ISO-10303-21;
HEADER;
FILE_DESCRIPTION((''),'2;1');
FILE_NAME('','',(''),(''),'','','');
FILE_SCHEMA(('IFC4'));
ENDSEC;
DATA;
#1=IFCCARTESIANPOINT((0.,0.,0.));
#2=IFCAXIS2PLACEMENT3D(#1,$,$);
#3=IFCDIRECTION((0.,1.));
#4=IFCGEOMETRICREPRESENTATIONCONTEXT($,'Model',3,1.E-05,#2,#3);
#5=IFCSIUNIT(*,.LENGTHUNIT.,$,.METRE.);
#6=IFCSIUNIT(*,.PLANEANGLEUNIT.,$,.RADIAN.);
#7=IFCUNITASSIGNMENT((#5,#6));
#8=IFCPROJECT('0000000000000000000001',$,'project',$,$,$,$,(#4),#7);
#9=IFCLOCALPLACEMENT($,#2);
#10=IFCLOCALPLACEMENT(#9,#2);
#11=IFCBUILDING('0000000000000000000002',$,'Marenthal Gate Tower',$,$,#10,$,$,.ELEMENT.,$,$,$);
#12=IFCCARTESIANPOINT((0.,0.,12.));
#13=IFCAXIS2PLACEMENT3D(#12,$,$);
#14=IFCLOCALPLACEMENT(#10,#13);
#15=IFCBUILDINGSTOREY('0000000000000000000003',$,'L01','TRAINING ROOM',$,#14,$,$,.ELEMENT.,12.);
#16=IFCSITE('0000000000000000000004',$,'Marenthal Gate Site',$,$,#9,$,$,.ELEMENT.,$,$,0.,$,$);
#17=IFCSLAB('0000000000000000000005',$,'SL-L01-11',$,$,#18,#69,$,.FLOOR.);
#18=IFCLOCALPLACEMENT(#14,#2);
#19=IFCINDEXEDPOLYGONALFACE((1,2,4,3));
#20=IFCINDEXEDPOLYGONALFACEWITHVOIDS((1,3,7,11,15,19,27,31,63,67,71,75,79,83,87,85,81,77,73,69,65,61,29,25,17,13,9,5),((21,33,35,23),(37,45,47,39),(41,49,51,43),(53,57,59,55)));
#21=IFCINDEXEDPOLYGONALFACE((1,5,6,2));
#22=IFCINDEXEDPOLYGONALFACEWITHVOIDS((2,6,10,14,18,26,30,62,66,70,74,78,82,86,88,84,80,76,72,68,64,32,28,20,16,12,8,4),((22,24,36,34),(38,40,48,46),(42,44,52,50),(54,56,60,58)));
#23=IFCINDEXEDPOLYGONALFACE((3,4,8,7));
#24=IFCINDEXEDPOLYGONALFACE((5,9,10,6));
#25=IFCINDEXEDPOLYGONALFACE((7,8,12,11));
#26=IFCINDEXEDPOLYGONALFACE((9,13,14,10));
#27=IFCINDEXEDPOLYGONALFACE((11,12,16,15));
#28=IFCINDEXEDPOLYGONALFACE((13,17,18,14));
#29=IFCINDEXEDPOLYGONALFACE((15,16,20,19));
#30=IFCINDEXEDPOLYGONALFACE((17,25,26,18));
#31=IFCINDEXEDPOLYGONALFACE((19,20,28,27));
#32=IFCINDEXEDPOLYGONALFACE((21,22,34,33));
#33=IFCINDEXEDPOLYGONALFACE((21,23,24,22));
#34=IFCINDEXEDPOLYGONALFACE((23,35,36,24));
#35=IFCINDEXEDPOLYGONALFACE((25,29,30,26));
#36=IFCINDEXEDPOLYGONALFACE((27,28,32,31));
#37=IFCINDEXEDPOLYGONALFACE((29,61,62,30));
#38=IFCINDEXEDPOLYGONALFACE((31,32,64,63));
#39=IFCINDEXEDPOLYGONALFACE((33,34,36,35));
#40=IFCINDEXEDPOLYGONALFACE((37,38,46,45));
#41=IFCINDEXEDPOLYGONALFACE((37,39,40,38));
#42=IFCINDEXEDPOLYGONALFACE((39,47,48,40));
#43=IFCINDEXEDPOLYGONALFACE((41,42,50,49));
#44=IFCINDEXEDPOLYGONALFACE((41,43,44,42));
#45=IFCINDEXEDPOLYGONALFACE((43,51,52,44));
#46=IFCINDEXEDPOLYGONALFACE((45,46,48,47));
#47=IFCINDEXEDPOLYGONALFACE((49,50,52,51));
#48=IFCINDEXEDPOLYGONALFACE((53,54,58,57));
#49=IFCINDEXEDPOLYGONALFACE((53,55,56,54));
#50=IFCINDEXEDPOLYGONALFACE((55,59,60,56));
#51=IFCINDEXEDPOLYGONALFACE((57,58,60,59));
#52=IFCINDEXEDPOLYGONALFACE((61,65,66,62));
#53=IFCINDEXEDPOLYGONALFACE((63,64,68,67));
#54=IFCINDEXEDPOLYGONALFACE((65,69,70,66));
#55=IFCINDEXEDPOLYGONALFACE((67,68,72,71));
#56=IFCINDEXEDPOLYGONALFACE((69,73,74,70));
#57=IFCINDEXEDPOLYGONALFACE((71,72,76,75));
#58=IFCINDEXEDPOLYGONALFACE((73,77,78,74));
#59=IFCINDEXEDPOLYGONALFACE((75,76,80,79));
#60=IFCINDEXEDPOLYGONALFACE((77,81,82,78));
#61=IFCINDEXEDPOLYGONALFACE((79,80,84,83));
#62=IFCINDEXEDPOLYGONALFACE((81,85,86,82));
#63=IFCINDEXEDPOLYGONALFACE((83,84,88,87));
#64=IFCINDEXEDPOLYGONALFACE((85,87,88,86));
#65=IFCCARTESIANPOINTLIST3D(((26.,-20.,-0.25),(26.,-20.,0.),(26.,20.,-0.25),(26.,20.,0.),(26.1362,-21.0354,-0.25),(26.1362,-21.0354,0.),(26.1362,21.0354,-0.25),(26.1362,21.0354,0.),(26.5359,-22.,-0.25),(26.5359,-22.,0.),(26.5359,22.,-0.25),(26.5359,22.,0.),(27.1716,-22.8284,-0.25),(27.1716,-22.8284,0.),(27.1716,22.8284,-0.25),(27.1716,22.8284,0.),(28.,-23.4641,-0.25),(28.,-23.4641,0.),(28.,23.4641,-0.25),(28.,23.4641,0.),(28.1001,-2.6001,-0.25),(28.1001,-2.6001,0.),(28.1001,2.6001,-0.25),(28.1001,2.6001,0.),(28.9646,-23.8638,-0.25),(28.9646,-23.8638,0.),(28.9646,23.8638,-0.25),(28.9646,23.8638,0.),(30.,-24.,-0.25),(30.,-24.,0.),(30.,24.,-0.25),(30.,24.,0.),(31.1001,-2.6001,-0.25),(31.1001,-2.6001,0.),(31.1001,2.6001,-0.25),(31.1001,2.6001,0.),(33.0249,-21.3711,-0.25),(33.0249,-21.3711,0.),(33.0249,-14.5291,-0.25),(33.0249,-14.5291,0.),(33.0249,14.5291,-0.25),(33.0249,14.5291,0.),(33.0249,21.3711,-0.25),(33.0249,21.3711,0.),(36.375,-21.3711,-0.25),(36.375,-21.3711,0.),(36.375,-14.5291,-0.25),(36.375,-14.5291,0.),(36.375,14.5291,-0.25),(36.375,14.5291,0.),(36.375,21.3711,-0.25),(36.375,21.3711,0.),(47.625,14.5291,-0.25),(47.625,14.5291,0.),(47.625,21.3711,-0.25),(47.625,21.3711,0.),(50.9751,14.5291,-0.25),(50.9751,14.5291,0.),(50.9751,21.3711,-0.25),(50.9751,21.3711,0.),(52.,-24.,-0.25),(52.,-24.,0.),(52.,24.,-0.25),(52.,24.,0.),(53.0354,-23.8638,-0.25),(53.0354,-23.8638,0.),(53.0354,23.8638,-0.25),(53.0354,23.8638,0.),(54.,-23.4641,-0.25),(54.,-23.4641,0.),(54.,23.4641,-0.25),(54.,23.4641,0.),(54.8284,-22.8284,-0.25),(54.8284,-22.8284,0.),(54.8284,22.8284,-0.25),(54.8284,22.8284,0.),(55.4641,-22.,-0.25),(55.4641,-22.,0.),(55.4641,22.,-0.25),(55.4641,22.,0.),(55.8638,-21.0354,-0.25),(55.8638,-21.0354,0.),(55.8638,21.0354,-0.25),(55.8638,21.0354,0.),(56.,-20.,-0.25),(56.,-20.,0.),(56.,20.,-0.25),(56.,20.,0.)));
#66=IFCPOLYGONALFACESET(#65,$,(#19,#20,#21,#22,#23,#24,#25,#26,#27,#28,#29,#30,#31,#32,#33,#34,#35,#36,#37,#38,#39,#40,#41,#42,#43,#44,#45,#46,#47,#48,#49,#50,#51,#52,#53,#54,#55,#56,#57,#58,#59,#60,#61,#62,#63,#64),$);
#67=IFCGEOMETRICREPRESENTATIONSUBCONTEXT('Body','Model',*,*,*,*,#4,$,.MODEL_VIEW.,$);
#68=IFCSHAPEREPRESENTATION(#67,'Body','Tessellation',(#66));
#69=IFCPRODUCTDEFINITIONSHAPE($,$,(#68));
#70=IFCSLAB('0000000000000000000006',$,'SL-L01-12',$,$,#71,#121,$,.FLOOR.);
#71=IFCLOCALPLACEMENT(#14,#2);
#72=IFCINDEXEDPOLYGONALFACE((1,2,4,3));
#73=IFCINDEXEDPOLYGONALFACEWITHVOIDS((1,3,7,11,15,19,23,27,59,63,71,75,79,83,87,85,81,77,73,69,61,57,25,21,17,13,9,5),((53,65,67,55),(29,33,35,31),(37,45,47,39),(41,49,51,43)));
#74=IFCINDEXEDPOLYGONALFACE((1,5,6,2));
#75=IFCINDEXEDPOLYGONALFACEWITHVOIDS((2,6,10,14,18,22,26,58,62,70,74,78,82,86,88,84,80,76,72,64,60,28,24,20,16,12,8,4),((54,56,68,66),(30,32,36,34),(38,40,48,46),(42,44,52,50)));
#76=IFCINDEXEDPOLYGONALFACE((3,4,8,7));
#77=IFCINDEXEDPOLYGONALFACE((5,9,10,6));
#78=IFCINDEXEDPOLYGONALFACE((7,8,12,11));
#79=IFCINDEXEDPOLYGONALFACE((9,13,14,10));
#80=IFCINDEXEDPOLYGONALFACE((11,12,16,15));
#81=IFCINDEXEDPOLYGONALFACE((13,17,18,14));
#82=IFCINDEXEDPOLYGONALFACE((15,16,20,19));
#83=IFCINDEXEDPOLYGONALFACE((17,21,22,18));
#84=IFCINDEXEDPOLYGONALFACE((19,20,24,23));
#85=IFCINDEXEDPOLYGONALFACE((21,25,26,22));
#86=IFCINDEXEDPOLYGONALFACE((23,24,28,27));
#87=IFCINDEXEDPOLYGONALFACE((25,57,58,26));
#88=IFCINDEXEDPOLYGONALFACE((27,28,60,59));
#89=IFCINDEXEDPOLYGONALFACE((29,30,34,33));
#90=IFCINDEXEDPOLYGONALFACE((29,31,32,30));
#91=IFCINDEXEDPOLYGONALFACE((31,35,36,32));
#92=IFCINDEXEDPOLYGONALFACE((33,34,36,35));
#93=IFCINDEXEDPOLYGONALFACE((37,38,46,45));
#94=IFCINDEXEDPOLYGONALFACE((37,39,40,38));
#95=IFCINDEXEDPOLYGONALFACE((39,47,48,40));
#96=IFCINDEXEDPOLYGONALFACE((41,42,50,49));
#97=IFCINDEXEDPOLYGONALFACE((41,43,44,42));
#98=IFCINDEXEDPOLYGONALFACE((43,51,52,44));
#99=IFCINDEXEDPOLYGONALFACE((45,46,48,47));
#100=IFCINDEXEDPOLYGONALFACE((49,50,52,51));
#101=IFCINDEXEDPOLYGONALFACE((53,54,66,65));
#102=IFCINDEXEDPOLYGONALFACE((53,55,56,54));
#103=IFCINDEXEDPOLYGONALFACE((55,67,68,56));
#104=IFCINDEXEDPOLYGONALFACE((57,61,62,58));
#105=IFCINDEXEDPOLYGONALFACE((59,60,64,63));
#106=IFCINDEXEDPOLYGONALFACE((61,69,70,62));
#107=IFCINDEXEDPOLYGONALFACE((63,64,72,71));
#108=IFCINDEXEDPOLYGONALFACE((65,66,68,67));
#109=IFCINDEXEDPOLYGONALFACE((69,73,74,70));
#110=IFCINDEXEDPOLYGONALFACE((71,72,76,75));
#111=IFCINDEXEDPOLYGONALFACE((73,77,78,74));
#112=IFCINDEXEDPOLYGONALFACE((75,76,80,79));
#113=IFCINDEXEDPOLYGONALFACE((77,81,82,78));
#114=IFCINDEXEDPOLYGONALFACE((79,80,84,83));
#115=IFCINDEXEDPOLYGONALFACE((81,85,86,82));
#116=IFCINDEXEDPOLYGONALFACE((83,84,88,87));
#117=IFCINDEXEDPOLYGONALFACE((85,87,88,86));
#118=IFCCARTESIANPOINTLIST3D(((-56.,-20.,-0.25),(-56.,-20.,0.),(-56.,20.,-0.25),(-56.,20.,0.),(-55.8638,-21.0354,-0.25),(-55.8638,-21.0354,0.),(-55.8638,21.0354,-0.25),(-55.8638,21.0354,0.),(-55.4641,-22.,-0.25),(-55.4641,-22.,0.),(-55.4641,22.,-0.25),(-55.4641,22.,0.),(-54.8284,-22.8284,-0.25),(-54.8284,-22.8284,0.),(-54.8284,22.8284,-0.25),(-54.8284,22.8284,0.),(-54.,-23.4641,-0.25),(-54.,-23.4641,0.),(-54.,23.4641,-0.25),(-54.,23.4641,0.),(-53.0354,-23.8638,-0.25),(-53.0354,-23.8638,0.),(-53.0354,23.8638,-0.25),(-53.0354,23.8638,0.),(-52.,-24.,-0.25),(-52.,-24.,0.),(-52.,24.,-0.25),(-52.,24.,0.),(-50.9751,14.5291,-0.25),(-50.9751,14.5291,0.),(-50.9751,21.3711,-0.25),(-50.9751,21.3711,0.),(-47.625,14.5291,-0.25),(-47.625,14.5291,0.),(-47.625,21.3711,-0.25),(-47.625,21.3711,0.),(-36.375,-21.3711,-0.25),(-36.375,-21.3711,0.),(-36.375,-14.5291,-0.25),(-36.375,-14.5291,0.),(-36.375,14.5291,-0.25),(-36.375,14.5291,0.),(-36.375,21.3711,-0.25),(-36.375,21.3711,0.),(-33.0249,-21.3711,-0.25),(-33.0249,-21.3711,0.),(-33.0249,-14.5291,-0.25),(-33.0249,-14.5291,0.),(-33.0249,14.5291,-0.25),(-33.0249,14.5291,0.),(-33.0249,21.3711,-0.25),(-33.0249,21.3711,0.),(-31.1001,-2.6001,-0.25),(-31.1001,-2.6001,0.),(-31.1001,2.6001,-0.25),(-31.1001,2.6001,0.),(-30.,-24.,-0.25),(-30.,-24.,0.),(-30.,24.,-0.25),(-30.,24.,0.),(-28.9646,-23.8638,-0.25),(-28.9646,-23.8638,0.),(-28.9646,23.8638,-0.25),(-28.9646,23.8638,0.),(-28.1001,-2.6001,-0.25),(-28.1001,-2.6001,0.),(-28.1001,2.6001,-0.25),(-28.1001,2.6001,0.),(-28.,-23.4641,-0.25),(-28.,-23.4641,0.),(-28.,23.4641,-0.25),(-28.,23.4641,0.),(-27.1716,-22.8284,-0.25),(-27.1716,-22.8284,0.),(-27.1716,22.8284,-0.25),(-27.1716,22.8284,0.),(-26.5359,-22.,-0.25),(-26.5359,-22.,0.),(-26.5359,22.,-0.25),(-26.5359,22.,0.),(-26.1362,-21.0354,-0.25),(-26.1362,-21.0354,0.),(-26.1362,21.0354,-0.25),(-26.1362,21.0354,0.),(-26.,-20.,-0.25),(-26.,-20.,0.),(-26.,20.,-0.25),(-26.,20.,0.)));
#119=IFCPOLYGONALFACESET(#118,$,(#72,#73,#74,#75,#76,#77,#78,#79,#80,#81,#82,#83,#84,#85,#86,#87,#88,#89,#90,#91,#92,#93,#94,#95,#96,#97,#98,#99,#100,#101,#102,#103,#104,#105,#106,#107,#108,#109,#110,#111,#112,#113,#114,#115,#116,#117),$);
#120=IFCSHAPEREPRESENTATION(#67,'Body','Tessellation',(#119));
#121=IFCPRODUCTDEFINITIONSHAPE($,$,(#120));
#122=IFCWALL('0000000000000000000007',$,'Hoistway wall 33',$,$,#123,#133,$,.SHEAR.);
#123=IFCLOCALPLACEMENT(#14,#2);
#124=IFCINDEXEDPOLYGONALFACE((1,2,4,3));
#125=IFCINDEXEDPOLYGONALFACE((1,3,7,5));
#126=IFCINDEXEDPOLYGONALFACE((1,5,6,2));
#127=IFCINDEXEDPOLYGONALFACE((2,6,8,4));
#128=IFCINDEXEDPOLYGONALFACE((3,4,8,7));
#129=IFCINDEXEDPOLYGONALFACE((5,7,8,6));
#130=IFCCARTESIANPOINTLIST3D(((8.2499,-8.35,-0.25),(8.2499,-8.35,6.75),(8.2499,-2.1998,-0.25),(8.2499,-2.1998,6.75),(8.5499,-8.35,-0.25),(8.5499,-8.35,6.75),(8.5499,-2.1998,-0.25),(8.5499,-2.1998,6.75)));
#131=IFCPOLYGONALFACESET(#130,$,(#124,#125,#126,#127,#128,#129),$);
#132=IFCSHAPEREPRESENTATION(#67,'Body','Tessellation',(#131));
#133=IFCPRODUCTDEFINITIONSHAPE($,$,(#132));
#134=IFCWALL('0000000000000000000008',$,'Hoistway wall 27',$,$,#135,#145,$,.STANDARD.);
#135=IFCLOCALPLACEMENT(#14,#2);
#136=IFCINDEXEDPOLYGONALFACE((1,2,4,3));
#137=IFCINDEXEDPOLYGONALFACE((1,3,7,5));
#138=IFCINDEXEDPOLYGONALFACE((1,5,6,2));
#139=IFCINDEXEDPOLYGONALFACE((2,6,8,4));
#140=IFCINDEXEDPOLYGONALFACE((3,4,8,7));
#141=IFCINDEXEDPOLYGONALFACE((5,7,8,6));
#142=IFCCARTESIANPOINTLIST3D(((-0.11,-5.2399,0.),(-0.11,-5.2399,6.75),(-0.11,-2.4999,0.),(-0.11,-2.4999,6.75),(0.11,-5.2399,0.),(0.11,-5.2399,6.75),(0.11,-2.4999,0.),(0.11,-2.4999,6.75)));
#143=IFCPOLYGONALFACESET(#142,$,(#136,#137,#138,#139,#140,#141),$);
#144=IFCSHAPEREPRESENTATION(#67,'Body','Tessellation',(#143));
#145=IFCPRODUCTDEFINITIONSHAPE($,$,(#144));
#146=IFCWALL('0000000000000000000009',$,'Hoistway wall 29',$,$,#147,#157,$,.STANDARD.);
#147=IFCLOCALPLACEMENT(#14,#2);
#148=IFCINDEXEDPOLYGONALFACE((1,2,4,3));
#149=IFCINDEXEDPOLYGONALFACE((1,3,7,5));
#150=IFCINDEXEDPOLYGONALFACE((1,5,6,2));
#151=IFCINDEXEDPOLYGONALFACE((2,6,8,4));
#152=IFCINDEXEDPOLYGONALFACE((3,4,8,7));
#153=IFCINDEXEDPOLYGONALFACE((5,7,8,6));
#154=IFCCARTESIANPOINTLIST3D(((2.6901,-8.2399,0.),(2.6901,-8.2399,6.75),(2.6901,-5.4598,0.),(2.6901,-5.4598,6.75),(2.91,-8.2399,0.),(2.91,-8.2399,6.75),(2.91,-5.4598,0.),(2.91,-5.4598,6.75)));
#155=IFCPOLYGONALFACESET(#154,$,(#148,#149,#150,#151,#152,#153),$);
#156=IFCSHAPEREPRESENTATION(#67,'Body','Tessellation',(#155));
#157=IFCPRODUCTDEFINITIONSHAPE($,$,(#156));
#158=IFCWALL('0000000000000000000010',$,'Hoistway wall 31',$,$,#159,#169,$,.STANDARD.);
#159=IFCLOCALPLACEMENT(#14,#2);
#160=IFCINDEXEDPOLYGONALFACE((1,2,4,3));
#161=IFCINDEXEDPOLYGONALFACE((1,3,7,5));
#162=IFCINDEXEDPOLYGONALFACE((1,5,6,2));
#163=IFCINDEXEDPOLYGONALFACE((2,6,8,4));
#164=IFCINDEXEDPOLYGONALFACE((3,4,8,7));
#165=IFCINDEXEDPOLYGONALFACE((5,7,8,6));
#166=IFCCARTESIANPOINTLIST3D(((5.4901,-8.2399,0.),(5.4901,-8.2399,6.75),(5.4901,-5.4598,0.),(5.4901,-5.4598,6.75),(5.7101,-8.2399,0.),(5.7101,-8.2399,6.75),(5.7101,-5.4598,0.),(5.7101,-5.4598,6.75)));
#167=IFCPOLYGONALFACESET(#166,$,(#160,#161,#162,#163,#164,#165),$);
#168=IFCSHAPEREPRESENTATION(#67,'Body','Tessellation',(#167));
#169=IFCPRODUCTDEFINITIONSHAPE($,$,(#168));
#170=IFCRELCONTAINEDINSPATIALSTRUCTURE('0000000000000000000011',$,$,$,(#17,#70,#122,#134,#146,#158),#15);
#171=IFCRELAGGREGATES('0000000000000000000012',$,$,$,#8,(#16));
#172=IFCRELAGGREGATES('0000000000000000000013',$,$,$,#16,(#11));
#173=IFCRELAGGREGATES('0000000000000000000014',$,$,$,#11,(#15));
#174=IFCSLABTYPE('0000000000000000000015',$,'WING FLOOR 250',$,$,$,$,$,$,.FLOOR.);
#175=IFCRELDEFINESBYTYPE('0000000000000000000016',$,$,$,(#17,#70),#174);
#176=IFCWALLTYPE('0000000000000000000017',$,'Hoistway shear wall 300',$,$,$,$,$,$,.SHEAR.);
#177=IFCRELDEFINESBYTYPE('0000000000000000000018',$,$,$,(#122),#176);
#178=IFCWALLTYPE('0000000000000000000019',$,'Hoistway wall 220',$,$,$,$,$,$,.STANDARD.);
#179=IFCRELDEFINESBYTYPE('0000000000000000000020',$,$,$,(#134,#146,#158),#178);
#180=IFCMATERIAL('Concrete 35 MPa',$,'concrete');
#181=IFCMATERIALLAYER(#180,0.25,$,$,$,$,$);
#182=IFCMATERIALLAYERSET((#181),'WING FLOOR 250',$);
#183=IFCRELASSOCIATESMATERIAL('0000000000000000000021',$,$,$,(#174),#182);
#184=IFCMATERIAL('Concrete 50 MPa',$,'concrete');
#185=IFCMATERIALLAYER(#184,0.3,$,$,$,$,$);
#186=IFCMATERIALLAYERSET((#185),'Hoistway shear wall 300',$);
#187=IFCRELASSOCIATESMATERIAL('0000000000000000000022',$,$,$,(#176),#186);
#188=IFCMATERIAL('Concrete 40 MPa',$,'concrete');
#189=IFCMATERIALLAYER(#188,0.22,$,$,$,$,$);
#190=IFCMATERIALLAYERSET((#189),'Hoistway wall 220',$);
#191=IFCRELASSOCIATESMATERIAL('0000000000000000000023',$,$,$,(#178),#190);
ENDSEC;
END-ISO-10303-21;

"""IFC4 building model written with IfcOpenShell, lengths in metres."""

from ifc_helpers import new_model, si_unit, direction, frame, frame_2d, origin, place, context, subcontext, project, spatial, polyline, rectangle, outline, extrude, material, layer, layer_set, type_object, element, save


model = new_model("IFC4")

# Units and contexts
model_context = context("Model", 3, precision=1e-05, world=origin(), true_north=direction((0.0, 1.0)))
body_context = subcontext(model_context, "Body", "Model", "MODEL_VIEW")
ifc_project = project(units=[si_unit("LENGTHUNIT", "METRE"), si_unit("PLANEANGLEUNIT", "RADIAN")], contexts=[model_context])

# Site, building, storey
site_placement = place(None, origin())
site = spatial("IfcSite", under=ifc_project, at=site_placement, Name="Marenthal Gate Site", CompositionType="ELEMENT", RefElevation=0.0)
building_placement = place(site_placement, origin())
building = spatial("IfcBuilding", under=site, at=building_placement, Name="Marenthal Gate Tower", CompositionType="ELEMENT")
storey_placement = place(building_placement, frame((0.0, 0.0, 12.0)))
storey = spatial("IfcBuildingStorey", under=building, at=storey_placement, Name="L01", Description="TRAINING ROOM", CompositionType="ELEMENT", Elevation=12.0)

# Slabs
ifc_material_1 = material(Name="Concrete 35 MPa", Category="concrete")
ifc_layer_1 = layer(ifc_material_1, 0.25)
ifc_layer_set_1 = layer_set([ifc_layer_1], Name="WING FLOOR 250")
slab_type_1 = type_object("IfcSlabType", Name="WING FLOOR 250", PredefinedType="FLOOR", material=ifc_layer_set_1)
slab_1_placement = place(storey_placement, frame((0.0, 0.0, -0.25)))
element("IfcSlab", 1, at=slab_1_placement, inside=storey, type_object=slab_type_1, Name="SL-L01-11", PredefinedType="FLOOR", context=body_context, shape_type="SweptSolid", body=[
    extrude(outline(polyline([(30.0, -24.0), (28.9646, -23.8638), (28.0, -23.4641), (27.1716, -22.8284), (26.5359, -22.0), (26.1362, -21.0354), (26.0, -20.0), (26.0, 20.0), (26.1362, 21.0354), (26.5359, 22.0), (27.1716, 22.8284), (28.0, 23.4641), (28.9646, 23.8638), (30.0, 24.0), (52.0, 24.0), (53.0354, 23.8638), (54.0, 23.4641), (54.8284, 22.8284), (55.4641, 22.0), (55.8638, 21.0354), (56.0, 20.0), (56.0, -20.0), (55.8638, -21.0354), (55.4641, -22.0), (54.8284, -22.8284), (54.0, -23.4641), (53.0354, -23.8638), (52.0, -24.0), (30.0, -24.0)]), holes=[polyline([(33.0249, -14.5291), (33.0249, -21.3711), (36.375, -21.3711), (36.375, -14.5291), (33.0249, -14.5291)]), polyline([(28.1001, 2.6001), (28.1001, -2.6001), (31.1001, -2.6001), (31.1001, 2.6001), (28.1001, 2.6001)]), polyline([(33.0249, 21.3711), (33.0249, 14.5291), (36.375, 14.5291), (36.375, 21.3711), (33.0249, 21.3711)]), polyline([(47.625, 21.3711), (47.625, 14.5291), (50.9751, 14.5291), (50.9751, 21.3711), (47.625, 21.3711)])]), origin(), (0.0, 0.0, 1.0), 0.25),
])
slab_2_placement = place(storey_placement, frame((0.0, 0.0, -0.25)))
element("IfcSlab", 2, at=slab_2_placement, inside=storey, type_object=slab_type_1, Name="SL-L01-12", PredefinedType="FLOOR", context=body_context, shape_type="SweptSolid", body=[
    extrude(outline(polyline([(-52.0, -24.0), (-53.0354, -23.8638), (-54.0, -23.4641), (-54.8284, -22.8284), (-55.4641, -22.0), (-55.8638, -21.0354), (-56.0, -20.0), (-56.0, 20.0), (-55.8638, 21.0354), (-55.4641, 22.0), (-54.8284, 22.8284), (-54.0, 23.4641), (-53.0354, 23.8638), (-52.0, 24.0), (-30.0, 24.0), (-28.9646, 23.8638), (-28.0, 23.4641), (-27.1716, 22.8284), (-26.5359, 22.0), (-26.1362, 21.0354), (-26.0, 20.0), (-26.0, -20.0), (-26.1362, -21.0354), (-26.5359, -22.0), (-27.1716, -22.8284), (-28.0, -23.4641), (-28.9646, -23.8638), (-30.0, -24.0), (-52.0, -24.0)]), holes=[polyline([(-36.375, -14.5291), (-36.375, -21.3711), (-33.0249, -21.3711), (-33.0249, -14.5291), (-36.375, -14.5291)]), polyline([(-31.1001, 2.6001), (-31.1001, -2.6001), (-28.1001, -2.6001), (-28.1001, 2.6001), (-31.1001, 2.6001)]), polyline([(-50.9751, 21.3711), (-50.9751, 14.5291), (-47.625, 14.5291), (-47.625, 21.3711), (-50.9751, 21.3711)]), polyline([(-36.375, 21.3711), (-36.375, 14.5291), (-33.0249, 14.5291), (-33.0249, 21.3711), (-36.375, 21.3711)])]), origin(), (0.0, 0.0, 1.0), 0.25),
])

# Walls
ifc_material_2 = material(Name="Concrete 50 MPa", Category="concrete")
ifc_layer_2 = layer(ifc_material_2, 0.3)
ifc_layer_set_2 = layer_set([ifc_layer_2], Name="Hoistway shear wall 300")
wall_type_1 = type_object("IfcWallType", Name="Hoistway shear wall 300", PredefinedType="SHEAR", material=ifc_layer_set_2)
wall_1_placement = place(storey_placement, frame((8.3999, -8.3501, -0.25), z_axis=(0.0, 0.0, 1.0), x_axis=(0.0, 1.0, 0.0)))
element("IfcWall", 3, at=wall_1_placement, inside=storey, type_object=wall_type_1, Name="Hoistway wall 33", PredefinedType="SHEAR", context=body_context, shape_type="SweptSolid", body=[
    extrude(rectangle(XDim=6.1501, YDim=0.3, at=frame_2d((3.0752, 0.0))), origin(), (0.0, 0.0, 1.0), 7.0),
])
ifc_material_3 = material(Name="Concrete 40 MPa", Category="concrete")
ifc_layer_3 = layer(ifc_material_3, 0.22)
ifc_layer_set_3 = layer_set([ifc_layer_3], Name="Hoistway wall 220")
wall_type_2 = type_object("IfcWallType", Name="Hoistway wall 220", PredefinedType="STANDARD", material=ifc_layer_set_3)
wall_2_placement = place(storey_placement, frame((0.0, -5.24, 0.0), z_axis=(0.0, 0.0, 1.0), x_axis=(0.0, 1.0, 0.0)))
element("IfcWall", 4, at=wall_2_placement, inside=storey, type_object=wall_type_2, Name="Hoistway wall 27", PredefinedType="STANDARD", context=body_context, shape_type="SweptSolid", body=[
    extrude(rectangle(XDim=2.74, YDim=0.22, at=frame_2d((1.3701, 0.0))), origin(), (0.0, 0.0, 1.0), 6.75),
])
for number, where, z_axis, x_axis, name in (
    (5, (2.8, -8.24, 0.0), (0.0, 0.0, 1.0), (0.0, 1.0, 0.0), "Hoistway wall 29"),
    (6, (5.6001, -8.24, 0.0), (0.0, 0.0, 1.0), (0.0, 1.0, 0.0), "Hoistway wall 31"),
):
    element("IfcWall", number, at=place(storey_placement, frame(where, z_axis=z_axis, x_axis=x_axis)), inside=storey, type_object=wall_type_2, Name=name, PredefinedType="STANDARD", context=body_context, shape_type="SweptSolid", body=[
        extrude(rectangle(XDim=2.78, YDim=0.22, at=frame_2d((1.3901, 0.0))), origin(), (0.0, 0.0, 1.0), 6.75),
    ])

save(model, "model.ifc")
